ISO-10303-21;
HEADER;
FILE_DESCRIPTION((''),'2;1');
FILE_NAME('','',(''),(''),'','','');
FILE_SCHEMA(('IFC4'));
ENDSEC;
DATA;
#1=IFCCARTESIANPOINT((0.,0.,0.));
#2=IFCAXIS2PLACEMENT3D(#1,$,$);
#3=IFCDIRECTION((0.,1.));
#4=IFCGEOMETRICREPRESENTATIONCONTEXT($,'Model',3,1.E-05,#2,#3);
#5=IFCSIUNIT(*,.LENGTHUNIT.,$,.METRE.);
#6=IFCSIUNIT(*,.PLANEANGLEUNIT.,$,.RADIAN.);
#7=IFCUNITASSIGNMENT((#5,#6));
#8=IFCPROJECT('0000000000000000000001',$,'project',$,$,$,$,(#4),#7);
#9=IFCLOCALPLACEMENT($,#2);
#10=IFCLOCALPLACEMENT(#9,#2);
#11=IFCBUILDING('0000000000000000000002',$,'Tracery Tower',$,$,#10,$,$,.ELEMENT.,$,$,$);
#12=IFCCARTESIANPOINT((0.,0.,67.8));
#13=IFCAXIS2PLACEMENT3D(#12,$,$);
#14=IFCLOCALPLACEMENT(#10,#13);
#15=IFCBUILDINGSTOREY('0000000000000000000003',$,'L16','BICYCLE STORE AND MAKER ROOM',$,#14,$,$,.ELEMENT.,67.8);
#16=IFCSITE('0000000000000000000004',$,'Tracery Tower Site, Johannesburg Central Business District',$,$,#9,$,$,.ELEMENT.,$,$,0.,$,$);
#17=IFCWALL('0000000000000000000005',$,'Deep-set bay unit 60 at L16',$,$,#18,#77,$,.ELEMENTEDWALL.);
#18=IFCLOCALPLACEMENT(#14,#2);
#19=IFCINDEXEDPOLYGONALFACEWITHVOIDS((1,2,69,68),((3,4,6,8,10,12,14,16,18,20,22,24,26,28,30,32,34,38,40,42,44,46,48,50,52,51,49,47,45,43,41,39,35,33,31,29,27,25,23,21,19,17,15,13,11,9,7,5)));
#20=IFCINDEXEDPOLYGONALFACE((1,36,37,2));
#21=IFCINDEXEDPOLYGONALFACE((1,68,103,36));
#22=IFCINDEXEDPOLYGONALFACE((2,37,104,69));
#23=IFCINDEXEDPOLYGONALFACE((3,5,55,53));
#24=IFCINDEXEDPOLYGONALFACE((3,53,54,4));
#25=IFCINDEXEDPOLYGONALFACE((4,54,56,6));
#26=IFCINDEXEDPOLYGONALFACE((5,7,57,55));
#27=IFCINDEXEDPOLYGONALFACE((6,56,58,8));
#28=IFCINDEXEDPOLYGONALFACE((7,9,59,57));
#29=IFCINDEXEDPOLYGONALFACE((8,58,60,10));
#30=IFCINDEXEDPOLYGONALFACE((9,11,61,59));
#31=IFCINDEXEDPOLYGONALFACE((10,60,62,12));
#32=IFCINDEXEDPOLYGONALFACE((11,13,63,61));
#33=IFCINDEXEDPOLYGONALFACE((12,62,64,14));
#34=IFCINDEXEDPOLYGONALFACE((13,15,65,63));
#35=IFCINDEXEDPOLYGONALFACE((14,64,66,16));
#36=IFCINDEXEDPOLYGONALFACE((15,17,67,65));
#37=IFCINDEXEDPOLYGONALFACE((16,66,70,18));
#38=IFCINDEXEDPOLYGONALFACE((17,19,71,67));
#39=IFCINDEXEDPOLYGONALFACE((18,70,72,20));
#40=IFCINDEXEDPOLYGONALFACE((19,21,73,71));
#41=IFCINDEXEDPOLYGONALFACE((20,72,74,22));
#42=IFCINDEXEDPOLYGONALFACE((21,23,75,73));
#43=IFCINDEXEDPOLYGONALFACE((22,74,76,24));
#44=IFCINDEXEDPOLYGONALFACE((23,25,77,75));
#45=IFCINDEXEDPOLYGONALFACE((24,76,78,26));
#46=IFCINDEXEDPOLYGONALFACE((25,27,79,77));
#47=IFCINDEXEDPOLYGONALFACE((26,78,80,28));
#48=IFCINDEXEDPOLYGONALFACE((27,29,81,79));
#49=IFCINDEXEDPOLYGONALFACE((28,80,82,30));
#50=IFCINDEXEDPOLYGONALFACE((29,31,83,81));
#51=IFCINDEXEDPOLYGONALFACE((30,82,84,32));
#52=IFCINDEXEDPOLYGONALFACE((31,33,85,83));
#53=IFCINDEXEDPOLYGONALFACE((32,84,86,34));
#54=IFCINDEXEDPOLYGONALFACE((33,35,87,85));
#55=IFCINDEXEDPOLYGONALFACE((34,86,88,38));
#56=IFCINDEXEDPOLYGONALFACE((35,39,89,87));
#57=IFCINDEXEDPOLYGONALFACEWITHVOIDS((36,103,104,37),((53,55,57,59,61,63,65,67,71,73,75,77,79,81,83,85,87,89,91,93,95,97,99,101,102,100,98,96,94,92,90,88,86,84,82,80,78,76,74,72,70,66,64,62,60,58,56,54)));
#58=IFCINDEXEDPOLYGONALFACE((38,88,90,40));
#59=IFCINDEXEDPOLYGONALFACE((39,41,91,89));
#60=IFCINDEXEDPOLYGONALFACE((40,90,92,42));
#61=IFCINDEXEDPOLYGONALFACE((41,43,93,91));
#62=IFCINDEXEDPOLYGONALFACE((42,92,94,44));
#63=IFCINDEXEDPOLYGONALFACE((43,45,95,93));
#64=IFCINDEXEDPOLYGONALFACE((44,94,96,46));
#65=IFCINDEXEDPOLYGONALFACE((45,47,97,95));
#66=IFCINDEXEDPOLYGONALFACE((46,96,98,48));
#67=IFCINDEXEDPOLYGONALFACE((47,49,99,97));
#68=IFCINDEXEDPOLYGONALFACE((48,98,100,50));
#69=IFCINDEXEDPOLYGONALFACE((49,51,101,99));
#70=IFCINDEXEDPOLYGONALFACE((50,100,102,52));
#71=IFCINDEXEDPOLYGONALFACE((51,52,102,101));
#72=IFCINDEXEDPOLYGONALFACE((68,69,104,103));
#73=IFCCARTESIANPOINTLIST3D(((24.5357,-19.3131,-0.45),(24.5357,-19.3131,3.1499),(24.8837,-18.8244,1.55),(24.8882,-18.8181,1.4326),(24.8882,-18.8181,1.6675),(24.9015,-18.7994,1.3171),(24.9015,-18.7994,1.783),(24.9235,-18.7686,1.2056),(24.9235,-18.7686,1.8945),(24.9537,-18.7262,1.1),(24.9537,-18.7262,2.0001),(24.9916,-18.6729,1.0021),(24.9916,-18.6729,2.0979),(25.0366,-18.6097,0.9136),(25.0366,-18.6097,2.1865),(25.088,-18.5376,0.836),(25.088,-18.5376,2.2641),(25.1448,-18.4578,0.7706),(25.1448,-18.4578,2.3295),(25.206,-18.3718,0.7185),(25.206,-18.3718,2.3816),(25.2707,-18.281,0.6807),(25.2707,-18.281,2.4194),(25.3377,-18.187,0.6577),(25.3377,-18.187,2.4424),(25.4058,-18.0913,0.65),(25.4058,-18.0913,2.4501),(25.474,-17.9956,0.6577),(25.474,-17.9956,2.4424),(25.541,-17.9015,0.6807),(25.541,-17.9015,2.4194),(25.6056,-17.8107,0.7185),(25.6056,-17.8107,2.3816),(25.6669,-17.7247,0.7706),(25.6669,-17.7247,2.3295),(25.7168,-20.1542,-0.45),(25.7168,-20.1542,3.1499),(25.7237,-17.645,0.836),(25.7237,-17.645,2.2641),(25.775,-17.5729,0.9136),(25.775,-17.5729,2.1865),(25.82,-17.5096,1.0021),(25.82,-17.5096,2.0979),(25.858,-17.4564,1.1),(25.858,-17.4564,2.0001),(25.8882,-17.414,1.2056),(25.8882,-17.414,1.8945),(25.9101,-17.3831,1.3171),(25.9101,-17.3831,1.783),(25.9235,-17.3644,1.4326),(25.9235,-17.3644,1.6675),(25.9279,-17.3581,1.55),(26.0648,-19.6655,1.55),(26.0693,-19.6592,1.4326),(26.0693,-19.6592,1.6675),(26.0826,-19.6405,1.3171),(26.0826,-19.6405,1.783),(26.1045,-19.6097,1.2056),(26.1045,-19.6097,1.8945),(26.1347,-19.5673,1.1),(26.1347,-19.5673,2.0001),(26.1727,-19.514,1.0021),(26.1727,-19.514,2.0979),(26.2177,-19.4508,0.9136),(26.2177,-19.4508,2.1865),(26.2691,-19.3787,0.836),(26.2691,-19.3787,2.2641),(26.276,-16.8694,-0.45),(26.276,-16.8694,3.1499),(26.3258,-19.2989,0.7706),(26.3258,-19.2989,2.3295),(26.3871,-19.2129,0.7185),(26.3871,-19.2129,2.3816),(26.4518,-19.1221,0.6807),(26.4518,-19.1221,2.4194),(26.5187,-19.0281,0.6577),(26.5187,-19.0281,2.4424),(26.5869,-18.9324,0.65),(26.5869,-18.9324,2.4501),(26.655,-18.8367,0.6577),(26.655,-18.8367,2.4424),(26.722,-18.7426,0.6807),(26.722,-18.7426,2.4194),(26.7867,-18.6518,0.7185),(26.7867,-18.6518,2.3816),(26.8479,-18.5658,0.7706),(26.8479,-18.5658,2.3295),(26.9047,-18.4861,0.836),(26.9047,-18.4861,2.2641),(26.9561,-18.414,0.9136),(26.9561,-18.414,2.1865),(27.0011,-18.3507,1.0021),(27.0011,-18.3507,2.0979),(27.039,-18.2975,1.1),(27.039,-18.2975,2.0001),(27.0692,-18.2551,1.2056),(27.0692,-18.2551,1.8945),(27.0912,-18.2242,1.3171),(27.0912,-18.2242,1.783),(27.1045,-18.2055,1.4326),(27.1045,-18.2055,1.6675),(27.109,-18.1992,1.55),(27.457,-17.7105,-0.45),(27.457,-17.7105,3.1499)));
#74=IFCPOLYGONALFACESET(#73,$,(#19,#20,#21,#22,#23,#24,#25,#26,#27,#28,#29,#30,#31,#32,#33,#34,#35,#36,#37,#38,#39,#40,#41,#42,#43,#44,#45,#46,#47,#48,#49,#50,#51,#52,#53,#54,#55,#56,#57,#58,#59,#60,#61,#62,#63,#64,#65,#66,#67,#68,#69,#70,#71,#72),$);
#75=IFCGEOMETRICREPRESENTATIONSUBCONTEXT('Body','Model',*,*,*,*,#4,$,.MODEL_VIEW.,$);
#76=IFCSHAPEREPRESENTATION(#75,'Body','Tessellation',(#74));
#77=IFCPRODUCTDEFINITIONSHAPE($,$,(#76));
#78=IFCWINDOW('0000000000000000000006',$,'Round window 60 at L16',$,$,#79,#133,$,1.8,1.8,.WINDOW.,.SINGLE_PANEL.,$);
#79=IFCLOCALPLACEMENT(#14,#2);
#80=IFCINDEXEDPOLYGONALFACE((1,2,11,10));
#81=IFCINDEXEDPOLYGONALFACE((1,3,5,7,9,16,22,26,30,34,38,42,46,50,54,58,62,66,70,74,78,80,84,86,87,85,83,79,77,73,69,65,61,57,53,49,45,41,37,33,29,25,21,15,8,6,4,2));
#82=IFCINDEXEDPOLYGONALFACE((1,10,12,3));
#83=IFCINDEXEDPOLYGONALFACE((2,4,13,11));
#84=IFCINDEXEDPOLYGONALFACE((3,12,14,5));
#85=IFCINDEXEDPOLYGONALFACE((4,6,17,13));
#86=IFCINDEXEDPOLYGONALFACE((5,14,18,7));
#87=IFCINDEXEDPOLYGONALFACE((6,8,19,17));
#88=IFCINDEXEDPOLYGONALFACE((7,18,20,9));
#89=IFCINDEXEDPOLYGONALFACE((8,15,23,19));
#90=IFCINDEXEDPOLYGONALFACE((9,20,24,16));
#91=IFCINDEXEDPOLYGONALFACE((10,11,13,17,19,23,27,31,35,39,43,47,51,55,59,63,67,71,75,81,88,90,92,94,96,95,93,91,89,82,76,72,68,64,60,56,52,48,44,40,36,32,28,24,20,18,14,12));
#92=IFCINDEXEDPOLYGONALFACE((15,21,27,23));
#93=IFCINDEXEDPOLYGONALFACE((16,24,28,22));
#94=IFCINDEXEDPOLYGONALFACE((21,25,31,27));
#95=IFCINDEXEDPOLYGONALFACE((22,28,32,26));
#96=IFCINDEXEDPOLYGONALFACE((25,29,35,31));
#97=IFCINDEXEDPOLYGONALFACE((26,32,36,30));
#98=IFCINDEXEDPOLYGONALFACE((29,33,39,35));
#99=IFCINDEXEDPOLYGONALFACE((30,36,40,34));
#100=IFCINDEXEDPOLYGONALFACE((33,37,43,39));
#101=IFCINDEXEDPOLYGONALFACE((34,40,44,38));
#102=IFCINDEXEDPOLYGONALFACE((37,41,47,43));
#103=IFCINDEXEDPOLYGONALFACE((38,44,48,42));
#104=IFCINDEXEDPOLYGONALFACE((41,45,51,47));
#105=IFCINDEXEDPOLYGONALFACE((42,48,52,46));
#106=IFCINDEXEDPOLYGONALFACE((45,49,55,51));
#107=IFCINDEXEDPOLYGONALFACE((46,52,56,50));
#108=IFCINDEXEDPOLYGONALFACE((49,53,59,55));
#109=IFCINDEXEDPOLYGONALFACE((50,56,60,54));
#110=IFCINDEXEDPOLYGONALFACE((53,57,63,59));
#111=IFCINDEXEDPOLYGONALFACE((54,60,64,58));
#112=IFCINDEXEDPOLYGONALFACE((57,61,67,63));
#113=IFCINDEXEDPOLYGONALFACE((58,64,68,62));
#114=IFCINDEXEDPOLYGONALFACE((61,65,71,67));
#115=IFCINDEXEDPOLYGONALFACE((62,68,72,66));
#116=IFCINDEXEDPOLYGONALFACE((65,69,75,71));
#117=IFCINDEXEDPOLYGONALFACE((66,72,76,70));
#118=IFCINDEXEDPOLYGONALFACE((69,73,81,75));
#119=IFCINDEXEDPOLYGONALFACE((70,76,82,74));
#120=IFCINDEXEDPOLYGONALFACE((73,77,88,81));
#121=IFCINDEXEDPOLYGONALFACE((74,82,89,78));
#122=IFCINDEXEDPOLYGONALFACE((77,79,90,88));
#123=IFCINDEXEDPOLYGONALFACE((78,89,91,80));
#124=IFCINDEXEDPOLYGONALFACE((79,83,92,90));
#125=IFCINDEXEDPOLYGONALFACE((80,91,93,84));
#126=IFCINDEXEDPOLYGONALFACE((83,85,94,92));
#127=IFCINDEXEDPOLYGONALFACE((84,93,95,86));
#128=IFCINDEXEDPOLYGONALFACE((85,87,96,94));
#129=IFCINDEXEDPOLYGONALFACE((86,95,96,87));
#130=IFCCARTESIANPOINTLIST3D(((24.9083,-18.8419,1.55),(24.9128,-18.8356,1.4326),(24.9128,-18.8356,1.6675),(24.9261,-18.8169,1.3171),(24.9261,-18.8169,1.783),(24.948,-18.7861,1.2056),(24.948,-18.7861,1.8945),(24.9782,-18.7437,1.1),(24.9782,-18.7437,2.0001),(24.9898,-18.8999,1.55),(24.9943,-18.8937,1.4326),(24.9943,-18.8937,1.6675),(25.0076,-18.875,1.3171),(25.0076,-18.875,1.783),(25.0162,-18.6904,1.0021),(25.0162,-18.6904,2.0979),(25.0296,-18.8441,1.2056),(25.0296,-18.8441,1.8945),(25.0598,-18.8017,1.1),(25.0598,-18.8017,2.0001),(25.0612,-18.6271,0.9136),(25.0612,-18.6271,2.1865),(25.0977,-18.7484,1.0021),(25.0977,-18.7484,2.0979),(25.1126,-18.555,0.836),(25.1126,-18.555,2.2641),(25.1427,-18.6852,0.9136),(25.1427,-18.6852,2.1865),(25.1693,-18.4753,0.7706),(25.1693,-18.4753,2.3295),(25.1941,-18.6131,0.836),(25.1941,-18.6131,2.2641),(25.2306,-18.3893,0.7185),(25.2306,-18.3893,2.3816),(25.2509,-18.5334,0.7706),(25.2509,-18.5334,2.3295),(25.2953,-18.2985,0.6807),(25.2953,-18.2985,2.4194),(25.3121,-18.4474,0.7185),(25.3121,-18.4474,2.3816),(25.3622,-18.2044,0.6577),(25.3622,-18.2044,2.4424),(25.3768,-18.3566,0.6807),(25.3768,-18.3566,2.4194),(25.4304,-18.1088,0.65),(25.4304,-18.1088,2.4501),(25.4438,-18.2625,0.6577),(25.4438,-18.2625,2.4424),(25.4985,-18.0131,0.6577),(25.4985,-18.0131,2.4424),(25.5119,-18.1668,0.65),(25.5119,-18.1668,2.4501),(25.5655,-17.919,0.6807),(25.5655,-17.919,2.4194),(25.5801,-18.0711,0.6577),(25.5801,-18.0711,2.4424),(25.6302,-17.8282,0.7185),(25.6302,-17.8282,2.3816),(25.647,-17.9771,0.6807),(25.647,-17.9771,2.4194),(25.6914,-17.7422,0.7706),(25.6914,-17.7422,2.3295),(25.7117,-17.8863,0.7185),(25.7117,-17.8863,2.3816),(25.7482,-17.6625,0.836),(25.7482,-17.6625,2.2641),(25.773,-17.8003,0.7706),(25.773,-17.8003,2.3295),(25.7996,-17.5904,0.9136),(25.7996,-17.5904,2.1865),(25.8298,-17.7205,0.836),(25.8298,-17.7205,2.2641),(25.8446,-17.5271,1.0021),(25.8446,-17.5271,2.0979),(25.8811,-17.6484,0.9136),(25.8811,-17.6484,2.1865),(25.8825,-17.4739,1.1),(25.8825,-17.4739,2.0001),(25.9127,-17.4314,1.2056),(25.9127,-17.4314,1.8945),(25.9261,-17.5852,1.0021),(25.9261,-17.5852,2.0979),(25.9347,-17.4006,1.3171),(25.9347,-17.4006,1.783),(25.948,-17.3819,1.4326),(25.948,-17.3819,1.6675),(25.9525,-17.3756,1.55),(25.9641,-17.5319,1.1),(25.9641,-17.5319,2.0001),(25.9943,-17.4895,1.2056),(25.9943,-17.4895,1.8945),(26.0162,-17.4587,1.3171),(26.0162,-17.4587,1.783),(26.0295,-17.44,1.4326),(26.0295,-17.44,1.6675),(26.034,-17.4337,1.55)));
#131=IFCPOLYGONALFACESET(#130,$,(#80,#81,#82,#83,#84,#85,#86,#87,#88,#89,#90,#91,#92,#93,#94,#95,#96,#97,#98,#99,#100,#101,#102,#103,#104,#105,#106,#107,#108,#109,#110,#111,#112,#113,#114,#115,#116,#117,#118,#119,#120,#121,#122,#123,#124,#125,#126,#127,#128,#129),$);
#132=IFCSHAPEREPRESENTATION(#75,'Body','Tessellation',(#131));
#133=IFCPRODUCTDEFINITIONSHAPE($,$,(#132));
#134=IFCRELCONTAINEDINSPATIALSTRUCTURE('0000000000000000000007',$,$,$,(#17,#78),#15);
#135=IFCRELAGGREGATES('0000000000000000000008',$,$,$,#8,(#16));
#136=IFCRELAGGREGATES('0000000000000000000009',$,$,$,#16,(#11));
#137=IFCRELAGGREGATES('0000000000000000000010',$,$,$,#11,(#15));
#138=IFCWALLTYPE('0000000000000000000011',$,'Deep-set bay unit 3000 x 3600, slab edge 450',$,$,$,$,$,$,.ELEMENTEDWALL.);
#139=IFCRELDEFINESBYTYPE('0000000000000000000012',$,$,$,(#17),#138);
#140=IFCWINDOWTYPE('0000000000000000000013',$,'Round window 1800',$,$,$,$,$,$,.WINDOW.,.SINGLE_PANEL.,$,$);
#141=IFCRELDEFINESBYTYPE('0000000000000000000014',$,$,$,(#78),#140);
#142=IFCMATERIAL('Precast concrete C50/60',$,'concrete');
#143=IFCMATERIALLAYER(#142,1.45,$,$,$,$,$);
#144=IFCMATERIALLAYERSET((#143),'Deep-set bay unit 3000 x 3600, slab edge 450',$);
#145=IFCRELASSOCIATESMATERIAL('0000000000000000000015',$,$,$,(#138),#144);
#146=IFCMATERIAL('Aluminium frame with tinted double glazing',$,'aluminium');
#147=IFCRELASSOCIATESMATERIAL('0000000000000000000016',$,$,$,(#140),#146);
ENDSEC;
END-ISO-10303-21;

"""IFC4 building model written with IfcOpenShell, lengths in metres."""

from ifc_helpers import new_model, si_unit, direction, frame, frame_2d, origin, origin_2d, place, context, subcontext, project, spatial, rectangle, circle, extrude, material, layer, layer_set, type_object, element, fill, save


model = new_model("IFC4")

# Units and contexts
model_context = context("Model", 3, precision=1e-05, world=origin(), true_north=direction((0.0, 1.0)))
body_context = subcontext(model_context, "Body", "Model", "MODEL_VIEW")
ifc_project = project(units=[si_unit("LENGTHUNIT", "METRE"), si_unit("PLANEANGLEUNIT", "RADIAN")], contexts=[model_context])

# Site, building, storey
site_placement = place(None, origin())
site = spatial("IfcSite", under=ifc_project, at=site_placement, Name="Tracery Tower Site, Johannesburg Central Business District", CompositionType="ELEMENT", RefElevation=0.0)
building_placement = place(site_placement, origin())
building = spatial("IfcBuilding", under=site, at=building_placement, Name="Tracery Tower", CompositionType="ELEMENT")
storey_placement = place(building_placement, frame((0.0, 0.0, 67.8)))
storey = spatial("IfcBuildingStorey", under=building, at=storey_placement, Name="L16", Description="BICYCLE STORE AND MAKER ROOM", CompositionType="ELEMENT", Elevation=67.8)

# Wall, opening, window
ifc_material_1 = material(Name="Precast concrete C50/60", Category="concrete")
ifc_layer_1 = layer(ifc_material_1, 1.45)
ifc_layer_set_1 = layer_set([ifc_layer_1], Name="Deep-set bay unit 3000 x 3600, slab edge 450")
wall_type_1 = type_object("IfcWallType", Name="Deep-set bay unit 3000 x 3600, slab edge 450", PredefinedType="ELEMENTEDWALL", material=ifc_layer_set_1)
ifc_material_2 = material(Name="Aluminium frame with tinted double glazing", Category="aluminium")
window_type = type_object("IfcWindowType", Name="Round window 1800", PartitioningType="SINGLE_PANEL", PredefinedType="WINDOW", material=ifc_material_2)
wall_1_placement = place(storey_placement, frame((25.1262, -19.7336, -0.45), z_axis=(0.0, 0.0, 1.0), x_axis=(0.580091, 0.814552, 0.0)))
wall_1 = element("IfcWall", 1, at=wall_1_placement, inside=storey, type_object=wall_type_1, Name="Deep-set bay unit 60 at L16", PredefinedType="ELEMENTEDWALL", context=body_context, shape_type="SweptSolid", body=[
    extrude(rectangle(XDim=3.0, YDim=1.45, at=frame_2d((1.5, 0.0))), origin(), (0.0, 0.0, 1.0), 3.5999),
])
opening_1_placement = place(wall_1_placement, frame((1.5, 0.0, 2.0)))
opening_1 = element("IfcOpeningElement", 2, at=opening_1_placement, cuts=wall_1, PredefinedType="OPENING", context=body_context, shape_type="SweptSolid", body=[
    extrude(circle(Radius=0.9, at=origin_2d()), frame((0.0, 0.7349, 0.0), z_axis=(0.0, -1.0, 0.0), x_axis=(1.0, 0.0, 0.0)), (0.0, 0.0, 1.0), 1.47),
])
window_1_placement = place(opening_1_placement, origin())
window_1 = element("IfcWindow", 3, at=window_1_placement, inside=storey, type_object=window_type, Name="Round window 60 at L16", OverallHeight=1.8, OverallWidth=1.8, PartitioningType="SINGLE_PANEL", PredefinedType="WINDOW", context=body_context, shape_type="SweptSolid", body=[
    extrude(circle(Radius=0.9, at=origin_2d()), frame((0.0, 0.6948, 0.0), z_axis=(0.0, -1.0, 0.0), x_axis=(1.0, 0.0, 0.0)), (0.0, 0.0, 1.0), 0.1001),
])
fill(opening_1, window_1)

save(model, "model.ifc")
